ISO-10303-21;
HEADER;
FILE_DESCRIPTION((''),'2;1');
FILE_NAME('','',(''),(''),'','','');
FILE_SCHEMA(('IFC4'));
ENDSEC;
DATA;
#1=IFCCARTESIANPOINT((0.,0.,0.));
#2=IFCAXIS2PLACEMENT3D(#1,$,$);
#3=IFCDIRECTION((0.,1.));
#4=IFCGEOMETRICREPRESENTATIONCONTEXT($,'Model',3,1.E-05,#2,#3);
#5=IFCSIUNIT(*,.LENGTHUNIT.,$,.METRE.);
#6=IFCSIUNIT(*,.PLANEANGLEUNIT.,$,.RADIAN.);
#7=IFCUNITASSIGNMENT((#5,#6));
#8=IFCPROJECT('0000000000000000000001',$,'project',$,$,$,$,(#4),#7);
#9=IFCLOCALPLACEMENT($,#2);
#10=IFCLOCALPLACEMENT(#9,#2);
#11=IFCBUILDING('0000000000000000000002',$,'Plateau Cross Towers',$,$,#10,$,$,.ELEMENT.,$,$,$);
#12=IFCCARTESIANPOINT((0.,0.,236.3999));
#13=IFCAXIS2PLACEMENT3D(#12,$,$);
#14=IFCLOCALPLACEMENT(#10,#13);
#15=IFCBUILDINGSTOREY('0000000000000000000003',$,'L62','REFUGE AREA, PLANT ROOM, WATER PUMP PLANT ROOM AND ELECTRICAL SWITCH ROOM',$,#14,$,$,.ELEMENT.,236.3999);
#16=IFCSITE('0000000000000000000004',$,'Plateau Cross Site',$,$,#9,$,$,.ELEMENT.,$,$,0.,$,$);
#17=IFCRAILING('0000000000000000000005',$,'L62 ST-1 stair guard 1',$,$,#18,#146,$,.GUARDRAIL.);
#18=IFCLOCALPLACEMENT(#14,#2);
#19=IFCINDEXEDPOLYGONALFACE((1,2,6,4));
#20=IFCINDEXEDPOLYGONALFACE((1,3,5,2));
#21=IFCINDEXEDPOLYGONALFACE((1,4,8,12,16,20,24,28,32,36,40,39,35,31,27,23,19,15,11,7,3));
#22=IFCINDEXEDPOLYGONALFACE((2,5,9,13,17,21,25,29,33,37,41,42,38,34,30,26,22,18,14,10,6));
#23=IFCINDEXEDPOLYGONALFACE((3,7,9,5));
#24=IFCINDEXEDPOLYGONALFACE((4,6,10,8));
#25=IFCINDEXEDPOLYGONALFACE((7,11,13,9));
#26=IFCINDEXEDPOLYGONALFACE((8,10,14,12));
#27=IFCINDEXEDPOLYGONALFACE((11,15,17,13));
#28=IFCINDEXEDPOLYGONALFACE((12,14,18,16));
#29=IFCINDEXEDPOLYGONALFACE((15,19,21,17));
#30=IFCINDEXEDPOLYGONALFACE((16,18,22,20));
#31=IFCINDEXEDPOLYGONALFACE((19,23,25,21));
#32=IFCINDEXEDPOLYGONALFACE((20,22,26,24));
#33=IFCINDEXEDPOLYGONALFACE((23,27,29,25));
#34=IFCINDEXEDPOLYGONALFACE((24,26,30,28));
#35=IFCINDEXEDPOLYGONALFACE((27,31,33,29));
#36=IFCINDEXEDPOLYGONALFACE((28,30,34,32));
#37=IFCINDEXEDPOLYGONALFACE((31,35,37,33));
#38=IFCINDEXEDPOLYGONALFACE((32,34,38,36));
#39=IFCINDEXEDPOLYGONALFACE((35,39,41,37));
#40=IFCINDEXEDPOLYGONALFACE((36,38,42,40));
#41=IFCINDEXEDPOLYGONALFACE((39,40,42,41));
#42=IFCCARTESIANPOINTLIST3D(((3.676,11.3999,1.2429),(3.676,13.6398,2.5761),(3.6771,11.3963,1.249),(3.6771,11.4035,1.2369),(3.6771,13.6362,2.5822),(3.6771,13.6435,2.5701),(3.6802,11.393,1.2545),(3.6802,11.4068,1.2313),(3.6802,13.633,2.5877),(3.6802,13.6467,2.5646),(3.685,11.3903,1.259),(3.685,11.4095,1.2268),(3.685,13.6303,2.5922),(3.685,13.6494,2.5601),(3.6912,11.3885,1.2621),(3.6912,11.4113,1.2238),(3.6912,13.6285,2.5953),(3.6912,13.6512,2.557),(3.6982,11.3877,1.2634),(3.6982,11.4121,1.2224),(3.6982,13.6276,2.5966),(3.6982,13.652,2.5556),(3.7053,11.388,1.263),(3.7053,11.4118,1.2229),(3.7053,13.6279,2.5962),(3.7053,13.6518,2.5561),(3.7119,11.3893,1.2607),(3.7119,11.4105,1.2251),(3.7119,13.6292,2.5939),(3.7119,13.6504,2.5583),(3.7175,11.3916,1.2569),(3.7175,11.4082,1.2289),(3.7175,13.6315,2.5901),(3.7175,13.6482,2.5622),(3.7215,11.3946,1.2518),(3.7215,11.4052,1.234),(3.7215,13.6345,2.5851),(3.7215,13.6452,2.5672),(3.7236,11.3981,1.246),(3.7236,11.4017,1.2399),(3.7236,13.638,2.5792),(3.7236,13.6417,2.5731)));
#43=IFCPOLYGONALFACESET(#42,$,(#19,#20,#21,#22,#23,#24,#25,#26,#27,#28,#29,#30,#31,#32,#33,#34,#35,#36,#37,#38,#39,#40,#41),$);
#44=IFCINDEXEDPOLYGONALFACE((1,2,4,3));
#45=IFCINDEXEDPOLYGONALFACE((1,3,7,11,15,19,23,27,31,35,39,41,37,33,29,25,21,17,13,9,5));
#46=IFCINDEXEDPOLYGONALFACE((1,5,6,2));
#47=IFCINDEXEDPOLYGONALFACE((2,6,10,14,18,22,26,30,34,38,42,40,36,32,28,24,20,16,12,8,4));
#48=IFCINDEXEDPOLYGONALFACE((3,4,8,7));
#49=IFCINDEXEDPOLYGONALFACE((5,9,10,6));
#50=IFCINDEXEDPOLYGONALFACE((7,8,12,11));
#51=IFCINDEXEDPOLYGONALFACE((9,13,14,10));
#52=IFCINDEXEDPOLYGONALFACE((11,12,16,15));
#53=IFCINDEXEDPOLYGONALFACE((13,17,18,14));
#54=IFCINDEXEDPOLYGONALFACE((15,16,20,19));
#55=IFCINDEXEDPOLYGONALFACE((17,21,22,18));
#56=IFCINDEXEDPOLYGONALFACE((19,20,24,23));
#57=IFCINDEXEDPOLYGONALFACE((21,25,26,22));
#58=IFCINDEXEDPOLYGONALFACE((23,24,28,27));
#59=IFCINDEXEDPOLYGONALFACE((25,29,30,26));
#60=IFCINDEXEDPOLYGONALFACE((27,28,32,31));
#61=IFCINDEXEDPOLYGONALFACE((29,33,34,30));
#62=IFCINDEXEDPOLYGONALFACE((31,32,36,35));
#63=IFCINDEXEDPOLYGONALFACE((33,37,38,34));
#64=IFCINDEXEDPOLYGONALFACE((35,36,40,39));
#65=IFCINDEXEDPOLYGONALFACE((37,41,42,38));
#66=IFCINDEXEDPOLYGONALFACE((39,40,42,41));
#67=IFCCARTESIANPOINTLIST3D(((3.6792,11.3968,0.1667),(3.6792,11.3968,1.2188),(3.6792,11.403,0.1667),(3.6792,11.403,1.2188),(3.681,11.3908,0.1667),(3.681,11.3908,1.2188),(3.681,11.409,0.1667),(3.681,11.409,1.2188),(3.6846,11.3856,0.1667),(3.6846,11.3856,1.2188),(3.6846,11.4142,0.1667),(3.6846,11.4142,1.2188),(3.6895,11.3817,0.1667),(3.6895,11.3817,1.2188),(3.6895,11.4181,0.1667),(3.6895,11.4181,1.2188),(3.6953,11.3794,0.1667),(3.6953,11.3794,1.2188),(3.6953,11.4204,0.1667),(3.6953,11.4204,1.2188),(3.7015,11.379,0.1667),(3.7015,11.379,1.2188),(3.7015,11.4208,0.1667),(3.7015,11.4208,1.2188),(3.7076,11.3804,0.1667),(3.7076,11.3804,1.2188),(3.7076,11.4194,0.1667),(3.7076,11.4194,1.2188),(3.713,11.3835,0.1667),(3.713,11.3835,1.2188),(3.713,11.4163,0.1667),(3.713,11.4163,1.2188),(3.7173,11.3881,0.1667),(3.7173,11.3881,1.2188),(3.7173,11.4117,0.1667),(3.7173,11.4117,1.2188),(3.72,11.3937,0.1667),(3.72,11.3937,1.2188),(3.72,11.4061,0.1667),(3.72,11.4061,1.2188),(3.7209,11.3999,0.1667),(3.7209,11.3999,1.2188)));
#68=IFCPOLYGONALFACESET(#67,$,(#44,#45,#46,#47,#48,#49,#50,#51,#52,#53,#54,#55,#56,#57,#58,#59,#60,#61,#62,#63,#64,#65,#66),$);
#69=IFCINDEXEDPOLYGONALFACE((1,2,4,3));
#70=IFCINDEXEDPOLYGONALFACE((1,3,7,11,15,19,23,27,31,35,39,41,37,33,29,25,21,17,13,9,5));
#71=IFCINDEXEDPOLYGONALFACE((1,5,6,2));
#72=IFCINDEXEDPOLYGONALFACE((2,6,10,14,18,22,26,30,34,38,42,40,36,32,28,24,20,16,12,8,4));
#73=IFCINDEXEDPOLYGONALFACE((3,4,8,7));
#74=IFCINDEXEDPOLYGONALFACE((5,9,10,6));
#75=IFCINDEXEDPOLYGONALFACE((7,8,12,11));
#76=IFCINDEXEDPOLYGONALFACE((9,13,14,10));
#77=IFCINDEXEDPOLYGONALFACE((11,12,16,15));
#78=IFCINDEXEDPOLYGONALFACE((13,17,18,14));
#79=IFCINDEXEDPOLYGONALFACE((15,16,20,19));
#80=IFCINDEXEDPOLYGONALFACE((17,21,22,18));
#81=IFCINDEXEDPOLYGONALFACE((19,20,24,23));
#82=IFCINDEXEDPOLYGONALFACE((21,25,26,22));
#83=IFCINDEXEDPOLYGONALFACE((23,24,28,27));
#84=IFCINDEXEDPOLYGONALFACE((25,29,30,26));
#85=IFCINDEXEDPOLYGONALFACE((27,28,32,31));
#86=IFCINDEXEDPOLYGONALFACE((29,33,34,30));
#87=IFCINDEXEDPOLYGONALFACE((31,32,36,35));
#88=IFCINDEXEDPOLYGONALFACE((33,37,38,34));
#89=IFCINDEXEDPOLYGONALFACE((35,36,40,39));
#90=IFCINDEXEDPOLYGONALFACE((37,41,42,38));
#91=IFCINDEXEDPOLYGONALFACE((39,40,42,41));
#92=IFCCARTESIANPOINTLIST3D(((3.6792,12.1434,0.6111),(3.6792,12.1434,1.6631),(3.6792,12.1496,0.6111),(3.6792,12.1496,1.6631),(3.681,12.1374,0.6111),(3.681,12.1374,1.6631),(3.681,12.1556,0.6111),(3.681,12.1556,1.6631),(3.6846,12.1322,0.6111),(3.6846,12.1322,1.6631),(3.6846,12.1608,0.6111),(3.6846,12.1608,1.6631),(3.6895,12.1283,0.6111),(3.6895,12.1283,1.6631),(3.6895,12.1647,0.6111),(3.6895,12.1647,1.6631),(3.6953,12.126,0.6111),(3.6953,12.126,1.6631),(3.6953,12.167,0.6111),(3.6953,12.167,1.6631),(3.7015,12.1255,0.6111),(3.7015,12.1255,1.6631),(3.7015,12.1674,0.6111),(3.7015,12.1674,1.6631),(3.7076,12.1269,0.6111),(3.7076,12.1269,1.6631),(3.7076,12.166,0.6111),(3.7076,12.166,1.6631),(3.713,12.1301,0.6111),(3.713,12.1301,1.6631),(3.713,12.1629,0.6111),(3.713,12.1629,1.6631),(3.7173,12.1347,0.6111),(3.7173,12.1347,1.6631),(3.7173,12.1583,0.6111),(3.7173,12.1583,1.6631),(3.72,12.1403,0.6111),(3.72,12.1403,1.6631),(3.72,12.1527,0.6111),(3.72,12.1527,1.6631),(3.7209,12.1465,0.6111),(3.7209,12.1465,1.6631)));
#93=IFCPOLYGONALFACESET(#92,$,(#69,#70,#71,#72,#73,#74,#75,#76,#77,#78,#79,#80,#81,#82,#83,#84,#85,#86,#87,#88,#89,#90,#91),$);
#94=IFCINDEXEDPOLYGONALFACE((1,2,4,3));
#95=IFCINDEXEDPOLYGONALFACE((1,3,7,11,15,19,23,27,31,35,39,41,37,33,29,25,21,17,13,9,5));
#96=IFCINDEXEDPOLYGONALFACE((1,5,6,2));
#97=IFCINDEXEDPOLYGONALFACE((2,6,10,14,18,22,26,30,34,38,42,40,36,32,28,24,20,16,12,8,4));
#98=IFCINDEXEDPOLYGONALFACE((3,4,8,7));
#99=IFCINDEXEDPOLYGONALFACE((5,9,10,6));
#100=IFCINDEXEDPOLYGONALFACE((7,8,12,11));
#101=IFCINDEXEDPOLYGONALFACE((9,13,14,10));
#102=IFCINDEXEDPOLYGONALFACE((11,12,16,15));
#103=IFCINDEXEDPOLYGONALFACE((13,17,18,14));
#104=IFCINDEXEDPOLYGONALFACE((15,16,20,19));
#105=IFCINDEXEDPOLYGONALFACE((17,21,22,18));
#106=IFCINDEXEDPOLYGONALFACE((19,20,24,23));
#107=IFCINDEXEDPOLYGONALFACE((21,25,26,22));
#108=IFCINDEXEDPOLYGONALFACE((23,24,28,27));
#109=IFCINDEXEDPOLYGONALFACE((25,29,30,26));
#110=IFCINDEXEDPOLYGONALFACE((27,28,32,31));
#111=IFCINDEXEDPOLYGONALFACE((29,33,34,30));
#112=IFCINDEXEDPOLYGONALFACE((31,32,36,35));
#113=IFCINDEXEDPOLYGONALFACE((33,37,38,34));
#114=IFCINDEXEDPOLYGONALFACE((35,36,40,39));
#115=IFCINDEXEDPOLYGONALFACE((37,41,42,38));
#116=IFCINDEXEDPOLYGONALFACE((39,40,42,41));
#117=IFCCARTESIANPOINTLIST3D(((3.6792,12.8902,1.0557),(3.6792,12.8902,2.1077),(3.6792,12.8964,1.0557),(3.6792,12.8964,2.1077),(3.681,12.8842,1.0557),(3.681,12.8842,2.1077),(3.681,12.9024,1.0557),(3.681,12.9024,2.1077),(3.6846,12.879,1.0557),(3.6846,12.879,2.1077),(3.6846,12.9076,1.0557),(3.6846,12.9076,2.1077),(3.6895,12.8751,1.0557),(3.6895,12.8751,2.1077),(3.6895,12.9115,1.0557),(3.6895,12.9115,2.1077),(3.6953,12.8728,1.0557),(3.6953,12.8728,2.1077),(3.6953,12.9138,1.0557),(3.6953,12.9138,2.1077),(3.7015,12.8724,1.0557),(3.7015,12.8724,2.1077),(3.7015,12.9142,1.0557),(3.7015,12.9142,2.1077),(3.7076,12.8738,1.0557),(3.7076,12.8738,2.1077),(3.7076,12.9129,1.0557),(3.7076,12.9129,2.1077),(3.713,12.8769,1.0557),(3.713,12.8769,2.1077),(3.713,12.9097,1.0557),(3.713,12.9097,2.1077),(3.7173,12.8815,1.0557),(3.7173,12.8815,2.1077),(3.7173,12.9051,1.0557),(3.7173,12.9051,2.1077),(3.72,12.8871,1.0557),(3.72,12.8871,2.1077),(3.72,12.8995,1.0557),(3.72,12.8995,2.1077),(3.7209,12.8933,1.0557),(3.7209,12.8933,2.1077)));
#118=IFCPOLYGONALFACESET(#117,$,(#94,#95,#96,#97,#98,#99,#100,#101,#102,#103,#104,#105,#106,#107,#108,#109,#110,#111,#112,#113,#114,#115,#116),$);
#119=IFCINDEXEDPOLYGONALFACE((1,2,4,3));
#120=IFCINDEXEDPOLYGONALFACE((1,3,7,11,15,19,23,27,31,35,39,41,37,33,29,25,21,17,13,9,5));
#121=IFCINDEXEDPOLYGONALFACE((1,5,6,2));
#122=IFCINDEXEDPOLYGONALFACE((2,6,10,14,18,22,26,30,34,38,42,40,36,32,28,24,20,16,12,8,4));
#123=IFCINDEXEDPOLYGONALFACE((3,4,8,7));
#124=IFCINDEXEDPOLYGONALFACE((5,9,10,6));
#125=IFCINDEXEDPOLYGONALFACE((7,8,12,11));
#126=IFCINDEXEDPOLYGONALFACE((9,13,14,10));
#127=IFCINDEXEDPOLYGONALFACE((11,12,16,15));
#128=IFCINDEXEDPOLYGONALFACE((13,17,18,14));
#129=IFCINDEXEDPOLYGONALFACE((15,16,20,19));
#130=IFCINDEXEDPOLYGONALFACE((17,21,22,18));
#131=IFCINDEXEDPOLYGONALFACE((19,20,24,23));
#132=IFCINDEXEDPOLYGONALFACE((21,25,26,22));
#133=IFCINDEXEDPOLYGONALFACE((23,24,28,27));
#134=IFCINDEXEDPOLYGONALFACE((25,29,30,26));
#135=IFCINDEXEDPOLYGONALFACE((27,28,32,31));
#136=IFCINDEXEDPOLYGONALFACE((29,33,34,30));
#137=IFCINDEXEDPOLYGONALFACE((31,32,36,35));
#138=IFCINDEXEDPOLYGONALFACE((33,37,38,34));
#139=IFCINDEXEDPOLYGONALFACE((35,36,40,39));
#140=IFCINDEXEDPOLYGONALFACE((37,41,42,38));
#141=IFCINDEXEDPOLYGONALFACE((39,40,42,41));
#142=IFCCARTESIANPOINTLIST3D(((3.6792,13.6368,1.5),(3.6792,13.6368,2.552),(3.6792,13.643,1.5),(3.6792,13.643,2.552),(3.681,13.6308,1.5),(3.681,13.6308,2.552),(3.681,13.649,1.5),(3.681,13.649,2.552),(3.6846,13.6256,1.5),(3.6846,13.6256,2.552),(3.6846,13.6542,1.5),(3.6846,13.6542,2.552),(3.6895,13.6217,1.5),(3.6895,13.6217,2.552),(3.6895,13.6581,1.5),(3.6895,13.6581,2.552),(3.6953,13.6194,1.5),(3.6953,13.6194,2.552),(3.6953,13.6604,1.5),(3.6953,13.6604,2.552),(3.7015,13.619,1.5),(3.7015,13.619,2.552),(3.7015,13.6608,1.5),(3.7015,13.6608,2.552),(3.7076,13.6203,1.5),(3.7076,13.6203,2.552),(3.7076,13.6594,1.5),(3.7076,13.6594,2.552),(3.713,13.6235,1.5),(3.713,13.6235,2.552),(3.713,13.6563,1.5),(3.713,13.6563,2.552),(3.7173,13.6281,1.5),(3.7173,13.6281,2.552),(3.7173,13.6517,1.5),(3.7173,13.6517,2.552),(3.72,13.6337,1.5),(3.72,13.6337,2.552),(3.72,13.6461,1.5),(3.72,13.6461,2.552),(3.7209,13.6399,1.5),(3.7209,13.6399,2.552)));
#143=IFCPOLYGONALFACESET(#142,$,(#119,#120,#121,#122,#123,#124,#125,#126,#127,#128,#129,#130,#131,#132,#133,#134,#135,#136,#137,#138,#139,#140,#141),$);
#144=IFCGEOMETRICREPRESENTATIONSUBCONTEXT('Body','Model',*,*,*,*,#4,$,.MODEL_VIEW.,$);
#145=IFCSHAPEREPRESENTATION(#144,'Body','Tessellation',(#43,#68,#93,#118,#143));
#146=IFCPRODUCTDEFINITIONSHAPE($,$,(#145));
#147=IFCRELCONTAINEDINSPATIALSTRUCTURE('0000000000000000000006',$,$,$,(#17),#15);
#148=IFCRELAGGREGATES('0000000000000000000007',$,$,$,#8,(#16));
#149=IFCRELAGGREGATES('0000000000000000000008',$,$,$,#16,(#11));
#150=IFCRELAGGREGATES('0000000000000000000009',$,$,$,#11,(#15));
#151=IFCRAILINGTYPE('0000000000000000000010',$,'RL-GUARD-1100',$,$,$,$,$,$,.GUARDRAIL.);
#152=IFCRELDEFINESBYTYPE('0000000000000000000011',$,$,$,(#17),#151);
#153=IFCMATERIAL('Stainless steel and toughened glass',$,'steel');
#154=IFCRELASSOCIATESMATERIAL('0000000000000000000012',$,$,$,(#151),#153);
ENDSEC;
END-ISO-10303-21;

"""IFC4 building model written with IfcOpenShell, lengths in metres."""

from ifc_helpers import new_model, si_unit, direction, frame, origin, origin_2d, place, context, subcontext, project, spatial, circle, extrude, material, type_object, element, save


model = new_model("IFC4")

# Units and contexts
model_context = context("Model", 3, precision=1e-05, world=origin(), true_north=direction((0.0, 1.0)))
body_context = subcontext(model_context, "Body", "Model", "MODEL_VIEW")
ifc_project = project(units=[si_unit("LENGTHUNIT", "METRE"), si_unit("PLANEANGLEUNIT", "RADIAN")], contexts=[model_context])

# Site, building, storey
site_placement = place(None, origin())
site = spatial("IfcSite", under=ifc_project, at=site_placement, Name="Plateau Cross Site", CompositionType="ELEMENT", RefElevation=0.0)
building_placement = place(site_placement, origin())
building = spatial("IfcBuilding", under=site, at=building_placement, Name="Plateau Cross Towers", CompositionType="ELEMENT")
storey_placement = place(building_placement, frame((0.0, 0.0, 236.3999)))
storey = spatial("IfcBuildingStorey", under=building, at=storey_placement, Name="L62", Description="REFUGE AREA, PLANT ROOM, WATER PUMP PLANT ROOM AND ELECTRICAL SWITCH ROOM", CompositionType="ELEMENT", Elevation=236.3999)

# Railing
ifc_material_1 = material(Name="Stainless steel and toughened glass", Category="steel")
railing_type_1 = type_object("IfcRailingType", Name="RL-GUARD-1100", PredefinedType="GUARDRAIL", material=ifc_material_1)
railing_1_placement = place(storey_placement, frame((3.7, 11.3999, 0.1667)))
element("IfcRailing", 1, at=railing_1_placement, inside=storey, type_object=railing_type_1, Name="L62 ST-1 stair guard 1", PredefinedType="GUARDRAIL", context=body_context, shape_type="SweptSolid", body=[
    extrude(circle(Radius=0.0239, at=origin_2d()), frame((0.0, 0.0, 1.0762), z_axis=(0.0, 0.859306, 0.511462), x_axis=(-1.0, 0.0, 0.0)), (0.0, 0.0, 1.0), 2.6067),
    extrude(circle(Radius=0.021, at=origin_2d()), origin(), (0.0, 0.0, 1.0), 1.052),
    extrude(circle(Radius=0.021, at=origin_2d()), frame((0.0, 0.7466, 0.4443)), (0.0, 0.0, 1.0), 1.052),
    extrude(circle(Radius=0.021, at=origin_2d()), frame((0.0, 1.4934, 0.8889)), (0.0, 0.0, 1.0), 1.052),
    extrude(circle(Radius=0.021, at=origin_2d()), frame((0.0, 2.24, 1.3333)), (0.0, 0.0, 1.0), 1.052),
])

save(model, "model.ifc")
